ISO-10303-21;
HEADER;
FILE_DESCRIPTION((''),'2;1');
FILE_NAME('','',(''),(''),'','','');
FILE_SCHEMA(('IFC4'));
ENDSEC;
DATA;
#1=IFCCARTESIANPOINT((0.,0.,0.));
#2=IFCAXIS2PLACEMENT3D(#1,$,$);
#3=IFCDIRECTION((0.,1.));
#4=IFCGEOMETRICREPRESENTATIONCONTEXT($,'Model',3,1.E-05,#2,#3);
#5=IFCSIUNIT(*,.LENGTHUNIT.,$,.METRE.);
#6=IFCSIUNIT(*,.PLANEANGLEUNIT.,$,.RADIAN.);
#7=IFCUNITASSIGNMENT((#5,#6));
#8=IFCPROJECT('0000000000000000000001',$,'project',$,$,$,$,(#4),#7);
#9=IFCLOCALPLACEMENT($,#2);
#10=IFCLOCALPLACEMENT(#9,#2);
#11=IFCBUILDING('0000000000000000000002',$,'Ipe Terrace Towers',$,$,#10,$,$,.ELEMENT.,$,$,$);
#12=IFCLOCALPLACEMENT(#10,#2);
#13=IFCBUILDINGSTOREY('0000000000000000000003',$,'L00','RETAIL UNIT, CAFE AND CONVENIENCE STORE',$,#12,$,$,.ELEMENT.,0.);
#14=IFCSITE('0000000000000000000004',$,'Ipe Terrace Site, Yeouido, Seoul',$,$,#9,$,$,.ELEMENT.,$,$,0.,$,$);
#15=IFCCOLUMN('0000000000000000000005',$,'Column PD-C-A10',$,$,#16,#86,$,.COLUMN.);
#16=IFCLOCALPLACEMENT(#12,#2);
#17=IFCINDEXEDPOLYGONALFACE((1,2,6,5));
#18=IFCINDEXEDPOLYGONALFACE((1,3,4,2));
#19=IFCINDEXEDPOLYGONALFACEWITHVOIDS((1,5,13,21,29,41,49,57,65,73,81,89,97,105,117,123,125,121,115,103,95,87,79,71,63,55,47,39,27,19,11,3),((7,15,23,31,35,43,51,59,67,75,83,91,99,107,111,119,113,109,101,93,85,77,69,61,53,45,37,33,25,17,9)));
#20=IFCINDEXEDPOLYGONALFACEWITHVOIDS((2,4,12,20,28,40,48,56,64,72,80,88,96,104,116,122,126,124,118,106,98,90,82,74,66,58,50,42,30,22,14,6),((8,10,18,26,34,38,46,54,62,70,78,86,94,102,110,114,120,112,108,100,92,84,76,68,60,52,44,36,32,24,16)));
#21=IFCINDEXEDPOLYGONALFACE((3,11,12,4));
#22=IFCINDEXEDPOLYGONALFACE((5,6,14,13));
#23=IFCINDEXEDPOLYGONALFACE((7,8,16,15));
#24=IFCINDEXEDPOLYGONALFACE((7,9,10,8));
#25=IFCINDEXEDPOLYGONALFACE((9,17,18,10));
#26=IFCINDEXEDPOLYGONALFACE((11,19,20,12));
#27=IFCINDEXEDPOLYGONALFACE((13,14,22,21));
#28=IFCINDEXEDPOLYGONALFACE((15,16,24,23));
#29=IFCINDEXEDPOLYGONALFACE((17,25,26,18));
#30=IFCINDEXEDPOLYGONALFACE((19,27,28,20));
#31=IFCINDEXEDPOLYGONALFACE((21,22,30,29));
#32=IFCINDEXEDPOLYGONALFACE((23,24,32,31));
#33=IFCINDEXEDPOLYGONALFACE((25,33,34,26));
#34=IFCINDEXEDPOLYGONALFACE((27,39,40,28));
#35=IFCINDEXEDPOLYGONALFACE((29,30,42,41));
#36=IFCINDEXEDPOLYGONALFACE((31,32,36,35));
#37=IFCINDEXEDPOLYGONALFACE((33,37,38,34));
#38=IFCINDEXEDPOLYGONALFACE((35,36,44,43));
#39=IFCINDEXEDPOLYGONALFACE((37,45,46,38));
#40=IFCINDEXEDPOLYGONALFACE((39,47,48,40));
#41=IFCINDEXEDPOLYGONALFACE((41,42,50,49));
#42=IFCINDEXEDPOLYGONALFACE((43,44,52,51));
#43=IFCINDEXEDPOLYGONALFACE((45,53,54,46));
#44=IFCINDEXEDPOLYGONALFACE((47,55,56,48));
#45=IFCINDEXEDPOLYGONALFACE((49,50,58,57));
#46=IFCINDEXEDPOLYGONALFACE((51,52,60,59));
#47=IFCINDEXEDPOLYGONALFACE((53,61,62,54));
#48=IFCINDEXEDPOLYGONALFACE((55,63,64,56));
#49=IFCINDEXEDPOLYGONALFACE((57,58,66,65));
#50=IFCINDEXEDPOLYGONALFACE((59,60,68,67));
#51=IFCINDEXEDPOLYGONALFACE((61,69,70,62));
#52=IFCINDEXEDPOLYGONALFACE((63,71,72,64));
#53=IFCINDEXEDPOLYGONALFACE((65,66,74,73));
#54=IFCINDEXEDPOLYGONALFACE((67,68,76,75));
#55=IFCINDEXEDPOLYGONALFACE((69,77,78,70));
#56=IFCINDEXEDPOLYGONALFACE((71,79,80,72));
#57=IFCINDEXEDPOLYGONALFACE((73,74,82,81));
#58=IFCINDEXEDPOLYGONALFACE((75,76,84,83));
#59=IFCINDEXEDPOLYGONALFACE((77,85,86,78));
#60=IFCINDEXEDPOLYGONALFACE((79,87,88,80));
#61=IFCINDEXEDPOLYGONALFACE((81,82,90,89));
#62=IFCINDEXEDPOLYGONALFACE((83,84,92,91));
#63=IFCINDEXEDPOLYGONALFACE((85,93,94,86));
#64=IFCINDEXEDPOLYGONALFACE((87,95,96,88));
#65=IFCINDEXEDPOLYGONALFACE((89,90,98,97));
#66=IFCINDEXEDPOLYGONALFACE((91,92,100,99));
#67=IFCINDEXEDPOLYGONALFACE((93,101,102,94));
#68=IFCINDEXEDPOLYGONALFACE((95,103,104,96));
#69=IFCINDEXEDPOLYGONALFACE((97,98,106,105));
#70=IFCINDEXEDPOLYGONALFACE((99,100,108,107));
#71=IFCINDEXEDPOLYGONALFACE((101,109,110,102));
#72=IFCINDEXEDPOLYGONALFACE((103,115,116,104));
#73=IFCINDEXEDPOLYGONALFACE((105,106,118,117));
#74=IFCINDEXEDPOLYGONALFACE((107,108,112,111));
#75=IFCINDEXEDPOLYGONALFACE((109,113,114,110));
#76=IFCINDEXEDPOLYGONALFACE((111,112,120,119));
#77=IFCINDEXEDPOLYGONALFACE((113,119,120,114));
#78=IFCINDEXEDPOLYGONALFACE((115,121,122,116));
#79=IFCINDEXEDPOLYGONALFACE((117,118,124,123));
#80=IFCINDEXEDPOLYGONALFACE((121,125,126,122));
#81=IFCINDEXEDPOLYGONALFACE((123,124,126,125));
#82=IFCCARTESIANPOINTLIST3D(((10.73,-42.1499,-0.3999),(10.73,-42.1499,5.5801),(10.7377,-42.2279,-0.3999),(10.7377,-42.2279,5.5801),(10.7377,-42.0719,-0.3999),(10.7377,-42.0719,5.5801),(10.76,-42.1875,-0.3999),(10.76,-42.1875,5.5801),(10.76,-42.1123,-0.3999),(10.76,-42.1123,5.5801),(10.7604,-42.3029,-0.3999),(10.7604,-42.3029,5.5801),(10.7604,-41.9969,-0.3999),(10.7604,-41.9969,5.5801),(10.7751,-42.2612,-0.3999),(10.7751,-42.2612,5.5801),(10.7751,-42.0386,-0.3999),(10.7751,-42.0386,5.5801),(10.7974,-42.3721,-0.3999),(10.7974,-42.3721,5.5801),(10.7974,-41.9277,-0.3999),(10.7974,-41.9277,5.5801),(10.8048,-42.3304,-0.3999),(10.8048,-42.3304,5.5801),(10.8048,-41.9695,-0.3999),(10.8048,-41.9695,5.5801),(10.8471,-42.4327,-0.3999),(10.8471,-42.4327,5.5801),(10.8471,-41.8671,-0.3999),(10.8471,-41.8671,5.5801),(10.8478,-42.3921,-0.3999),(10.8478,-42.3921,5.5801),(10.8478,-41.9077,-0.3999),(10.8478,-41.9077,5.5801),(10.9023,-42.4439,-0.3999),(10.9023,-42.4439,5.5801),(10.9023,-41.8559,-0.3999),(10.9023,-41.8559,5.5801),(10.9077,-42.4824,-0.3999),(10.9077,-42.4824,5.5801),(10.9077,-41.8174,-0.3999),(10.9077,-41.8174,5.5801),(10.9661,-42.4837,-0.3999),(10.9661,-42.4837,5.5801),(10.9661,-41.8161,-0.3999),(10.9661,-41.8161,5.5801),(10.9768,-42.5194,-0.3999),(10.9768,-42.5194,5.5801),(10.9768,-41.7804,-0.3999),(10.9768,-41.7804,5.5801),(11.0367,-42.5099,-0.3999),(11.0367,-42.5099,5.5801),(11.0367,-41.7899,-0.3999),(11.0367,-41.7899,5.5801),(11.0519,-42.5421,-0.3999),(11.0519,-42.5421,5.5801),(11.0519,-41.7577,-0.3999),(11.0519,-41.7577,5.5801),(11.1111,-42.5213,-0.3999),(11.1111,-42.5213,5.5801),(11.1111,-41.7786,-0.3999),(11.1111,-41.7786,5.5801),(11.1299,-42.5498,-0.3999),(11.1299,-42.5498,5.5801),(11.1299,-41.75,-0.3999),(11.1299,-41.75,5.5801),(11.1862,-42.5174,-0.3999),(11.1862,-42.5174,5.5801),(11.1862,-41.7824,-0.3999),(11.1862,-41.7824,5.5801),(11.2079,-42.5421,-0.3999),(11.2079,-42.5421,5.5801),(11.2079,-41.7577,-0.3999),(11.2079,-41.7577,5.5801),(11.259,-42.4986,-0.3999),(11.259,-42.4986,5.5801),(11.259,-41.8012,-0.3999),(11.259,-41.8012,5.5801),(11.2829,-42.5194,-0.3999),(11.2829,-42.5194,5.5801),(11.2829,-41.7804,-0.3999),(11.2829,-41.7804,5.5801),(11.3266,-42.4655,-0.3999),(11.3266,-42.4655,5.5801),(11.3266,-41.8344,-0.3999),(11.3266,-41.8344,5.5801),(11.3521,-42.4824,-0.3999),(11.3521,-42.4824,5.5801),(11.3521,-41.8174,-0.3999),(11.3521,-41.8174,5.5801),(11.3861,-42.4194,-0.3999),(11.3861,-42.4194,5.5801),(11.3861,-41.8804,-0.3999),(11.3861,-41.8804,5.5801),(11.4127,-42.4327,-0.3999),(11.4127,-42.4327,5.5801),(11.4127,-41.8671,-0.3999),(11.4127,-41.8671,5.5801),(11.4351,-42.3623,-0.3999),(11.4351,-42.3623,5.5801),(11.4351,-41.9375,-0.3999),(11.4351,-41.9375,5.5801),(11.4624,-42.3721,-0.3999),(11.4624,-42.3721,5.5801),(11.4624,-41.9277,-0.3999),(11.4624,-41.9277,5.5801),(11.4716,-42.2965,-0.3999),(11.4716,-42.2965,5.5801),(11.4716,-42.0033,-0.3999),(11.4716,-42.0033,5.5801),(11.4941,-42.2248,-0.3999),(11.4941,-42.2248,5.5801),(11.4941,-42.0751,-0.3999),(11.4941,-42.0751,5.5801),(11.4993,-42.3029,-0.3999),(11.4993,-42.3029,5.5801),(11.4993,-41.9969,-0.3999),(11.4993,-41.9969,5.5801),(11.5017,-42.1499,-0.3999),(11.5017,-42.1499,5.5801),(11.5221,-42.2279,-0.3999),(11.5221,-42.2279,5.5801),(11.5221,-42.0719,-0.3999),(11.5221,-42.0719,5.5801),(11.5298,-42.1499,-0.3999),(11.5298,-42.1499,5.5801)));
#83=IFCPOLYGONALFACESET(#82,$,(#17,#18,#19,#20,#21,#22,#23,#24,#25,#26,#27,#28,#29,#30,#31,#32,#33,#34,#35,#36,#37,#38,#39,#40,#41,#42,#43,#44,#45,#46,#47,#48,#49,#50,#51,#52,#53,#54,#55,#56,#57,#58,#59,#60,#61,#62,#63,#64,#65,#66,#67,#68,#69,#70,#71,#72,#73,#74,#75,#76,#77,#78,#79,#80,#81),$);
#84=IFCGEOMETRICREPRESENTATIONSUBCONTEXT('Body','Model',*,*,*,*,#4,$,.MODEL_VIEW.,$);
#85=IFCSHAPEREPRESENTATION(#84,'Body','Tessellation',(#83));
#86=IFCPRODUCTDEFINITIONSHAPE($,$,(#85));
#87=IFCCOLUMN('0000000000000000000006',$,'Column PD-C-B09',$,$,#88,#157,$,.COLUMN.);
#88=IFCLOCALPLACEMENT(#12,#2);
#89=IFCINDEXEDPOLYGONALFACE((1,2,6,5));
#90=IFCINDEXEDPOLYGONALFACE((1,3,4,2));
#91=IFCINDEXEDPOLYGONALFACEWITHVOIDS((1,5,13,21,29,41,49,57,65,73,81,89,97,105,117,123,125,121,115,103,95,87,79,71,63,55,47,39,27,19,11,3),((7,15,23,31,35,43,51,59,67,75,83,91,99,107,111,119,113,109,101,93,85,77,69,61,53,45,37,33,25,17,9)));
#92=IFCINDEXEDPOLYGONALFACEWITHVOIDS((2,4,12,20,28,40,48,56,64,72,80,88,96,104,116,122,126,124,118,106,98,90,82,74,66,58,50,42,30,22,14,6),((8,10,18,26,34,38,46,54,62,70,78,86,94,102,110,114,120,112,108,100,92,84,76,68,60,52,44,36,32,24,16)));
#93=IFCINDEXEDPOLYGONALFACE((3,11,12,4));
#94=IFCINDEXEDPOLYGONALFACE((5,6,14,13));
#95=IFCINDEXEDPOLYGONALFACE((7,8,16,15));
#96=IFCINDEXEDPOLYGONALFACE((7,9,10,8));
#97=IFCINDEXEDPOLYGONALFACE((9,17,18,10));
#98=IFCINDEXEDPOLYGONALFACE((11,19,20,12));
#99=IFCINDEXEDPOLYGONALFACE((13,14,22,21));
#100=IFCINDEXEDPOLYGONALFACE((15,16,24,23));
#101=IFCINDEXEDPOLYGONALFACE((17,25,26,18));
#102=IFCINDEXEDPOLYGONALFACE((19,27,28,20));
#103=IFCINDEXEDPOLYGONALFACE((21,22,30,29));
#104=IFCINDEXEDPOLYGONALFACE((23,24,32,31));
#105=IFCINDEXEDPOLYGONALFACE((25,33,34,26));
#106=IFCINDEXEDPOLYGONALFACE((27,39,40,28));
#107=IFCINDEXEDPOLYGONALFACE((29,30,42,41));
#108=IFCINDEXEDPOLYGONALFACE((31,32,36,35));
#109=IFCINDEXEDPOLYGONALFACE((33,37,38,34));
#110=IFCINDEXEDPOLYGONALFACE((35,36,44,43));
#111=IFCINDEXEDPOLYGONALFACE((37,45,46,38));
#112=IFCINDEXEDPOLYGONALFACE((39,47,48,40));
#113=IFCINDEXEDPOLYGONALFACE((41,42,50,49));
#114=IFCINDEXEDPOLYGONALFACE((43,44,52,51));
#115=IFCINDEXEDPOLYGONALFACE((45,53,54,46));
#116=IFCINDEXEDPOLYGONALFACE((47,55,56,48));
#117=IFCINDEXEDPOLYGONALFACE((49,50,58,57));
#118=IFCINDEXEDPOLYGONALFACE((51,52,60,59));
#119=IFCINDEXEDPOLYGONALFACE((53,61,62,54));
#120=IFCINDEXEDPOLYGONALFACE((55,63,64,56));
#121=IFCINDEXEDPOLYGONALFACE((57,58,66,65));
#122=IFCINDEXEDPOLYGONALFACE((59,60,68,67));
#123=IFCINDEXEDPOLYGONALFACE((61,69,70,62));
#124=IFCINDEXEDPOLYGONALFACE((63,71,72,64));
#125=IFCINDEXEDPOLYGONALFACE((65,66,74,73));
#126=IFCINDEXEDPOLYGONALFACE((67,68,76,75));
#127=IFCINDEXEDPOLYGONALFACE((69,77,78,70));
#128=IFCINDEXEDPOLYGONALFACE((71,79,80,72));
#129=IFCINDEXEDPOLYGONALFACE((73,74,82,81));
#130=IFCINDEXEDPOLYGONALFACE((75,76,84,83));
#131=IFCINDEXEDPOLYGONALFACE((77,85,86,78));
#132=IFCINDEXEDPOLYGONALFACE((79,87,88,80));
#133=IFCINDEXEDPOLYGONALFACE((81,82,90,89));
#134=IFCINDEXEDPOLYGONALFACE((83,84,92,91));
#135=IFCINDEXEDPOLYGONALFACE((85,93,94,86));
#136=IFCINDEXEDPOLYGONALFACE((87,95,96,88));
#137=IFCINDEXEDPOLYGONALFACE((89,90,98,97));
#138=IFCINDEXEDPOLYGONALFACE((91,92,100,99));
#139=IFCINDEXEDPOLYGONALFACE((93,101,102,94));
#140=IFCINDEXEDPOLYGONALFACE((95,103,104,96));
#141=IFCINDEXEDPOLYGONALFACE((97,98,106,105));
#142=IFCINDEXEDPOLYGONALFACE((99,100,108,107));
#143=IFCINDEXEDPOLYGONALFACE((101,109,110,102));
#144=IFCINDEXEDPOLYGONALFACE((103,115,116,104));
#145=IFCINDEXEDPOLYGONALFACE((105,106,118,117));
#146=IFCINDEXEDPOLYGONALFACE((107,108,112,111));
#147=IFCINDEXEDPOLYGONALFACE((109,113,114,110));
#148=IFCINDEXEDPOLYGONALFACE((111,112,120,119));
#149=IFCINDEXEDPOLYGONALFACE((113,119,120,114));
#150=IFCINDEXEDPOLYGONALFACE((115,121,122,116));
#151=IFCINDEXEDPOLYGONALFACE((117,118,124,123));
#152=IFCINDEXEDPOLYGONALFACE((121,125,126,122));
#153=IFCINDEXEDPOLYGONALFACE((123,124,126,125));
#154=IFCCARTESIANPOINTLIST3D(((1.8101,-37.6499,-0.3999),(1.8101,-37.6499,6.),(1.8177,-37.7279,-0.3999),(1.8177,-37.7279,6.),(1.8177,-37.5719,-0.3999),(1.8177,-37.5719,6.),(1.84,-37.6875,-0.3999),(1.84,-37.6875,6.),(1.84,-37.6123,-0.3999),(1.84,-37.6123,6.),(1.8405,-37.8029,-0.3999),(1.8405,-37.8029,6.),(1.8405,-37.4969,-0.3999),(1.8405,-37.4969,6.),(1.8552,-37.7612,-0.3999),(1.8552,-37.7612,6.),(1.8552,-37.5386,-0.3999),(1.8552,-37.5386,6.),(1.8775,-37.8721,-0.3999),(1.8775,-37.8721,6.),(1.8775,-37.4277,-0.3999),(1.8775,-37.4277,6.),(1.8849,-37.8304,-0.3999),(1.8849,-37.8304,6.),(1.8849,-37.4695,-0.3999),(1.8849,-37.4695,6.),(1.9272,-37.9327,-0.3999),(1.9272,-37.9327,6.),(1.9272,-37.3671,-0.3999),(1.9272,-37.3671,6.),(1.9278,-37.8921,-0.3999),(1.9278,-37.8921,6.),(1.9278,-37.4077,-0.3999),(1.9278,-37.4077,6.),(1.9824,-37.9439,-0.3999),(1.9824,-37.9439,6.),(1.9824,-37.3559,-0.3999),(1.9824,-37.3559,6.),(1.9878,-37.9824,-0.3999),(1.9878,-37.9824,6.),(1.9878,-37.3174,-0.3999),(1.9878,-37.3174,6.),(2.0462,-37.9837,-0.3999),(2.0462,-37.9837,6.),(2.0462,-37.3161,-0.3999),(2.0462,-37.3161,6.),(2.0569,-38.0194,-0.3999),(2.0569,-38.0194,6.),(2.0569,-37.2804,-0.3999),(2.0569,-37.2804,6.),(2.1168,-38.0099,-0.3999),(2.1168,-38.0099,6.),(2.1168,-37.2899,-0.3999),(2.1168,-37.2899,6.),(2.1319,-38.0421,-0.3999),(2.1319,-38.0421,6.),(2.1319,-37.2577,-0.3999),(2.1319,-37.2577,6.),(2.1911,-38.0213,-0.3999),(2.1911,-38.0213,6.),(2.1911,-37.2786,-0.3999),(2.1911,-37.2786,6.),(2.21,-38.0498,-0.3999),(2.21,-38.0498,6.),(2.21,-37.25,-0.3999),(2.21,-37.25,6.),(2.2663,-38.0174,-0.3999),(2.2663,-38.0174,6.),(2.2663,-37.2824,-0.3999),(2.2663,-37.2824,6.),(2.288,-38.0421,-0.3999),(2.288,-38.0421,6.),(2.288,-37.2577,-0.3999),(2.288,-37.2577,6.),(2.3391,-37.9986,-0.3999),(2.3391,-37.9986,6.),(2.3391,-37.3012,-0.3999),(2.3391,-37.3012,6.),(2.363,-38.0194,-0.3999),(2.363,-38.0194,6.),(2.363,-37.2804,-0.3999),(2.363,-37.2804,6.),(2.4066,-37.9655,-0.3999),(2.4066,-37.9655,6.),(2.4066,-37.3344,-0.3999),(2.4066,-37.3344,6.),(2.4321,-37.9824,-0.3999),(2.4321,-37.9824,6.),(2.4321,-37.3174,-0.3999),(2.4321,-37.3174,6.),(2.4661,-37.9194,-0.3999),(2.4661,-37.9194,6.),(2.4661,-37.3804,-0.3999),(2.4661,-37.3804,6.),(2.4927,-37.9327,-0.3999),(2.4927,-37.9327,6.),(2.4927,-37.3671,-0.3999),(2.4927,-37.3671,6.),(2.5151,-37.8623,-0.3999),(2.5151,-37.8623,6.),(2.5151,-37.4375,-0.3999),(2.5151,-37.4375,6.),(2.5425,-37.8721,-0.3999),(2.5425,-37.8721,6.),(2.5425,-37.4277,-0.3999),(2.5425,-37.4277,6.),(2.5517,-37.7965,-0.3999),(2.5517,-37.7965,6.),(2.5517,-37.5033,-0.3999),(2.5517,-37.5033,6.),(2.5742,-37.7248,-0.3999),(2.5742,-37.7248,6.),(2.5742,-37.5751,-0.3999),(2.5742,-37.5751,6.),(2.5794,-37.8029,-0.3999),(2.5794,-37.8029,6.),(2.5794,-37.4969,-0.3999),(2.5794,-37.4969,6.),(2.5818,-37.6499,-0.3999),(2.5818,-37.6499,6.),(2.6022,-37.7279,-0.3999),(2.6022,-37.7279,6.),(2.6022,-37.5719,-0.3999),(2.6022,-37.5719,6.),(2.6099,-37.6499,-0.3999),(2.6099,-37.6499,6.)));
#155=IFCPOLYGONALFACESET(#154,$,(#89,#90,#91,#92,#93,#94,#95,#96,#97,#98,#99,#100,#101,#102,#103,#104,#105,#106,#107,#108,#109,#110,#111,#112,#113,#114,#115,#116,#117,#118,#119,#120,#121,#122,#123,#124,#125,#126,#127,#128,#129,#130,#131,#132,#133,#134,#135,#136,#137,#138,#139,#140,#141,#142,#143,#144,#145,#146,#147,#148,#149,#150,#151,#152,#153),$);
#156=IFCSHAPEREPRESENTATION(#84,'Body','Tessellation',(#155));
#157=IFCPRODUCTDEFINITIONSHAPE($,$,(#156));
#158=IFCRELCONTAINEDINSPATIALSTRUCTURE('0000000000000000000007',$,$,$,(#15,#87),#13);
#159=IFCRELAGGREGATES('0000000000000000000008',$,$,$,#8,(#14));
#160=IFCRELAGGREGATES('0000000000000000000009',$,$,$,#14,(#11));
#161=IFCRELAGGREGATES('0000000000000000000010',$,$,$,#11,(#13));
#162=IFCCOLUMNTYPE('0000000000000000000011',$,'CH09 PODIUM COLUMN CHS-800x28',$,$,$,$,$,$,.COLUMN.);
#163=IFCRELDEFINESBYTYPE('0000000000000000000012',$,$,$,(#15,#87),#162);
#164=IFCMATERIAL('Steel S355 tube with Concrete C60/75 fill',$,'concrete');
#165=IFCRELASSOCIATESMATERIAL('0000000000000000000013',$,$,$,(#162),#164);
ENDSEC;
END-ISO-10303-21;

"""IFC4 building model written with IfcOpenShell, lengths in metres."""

from ifc_helpers import new_model, si_unit, direction, frame, origin, origin_2d, place, context, subcontext, project, spatial, hollow_circle, extrude, material, material_profile, profile_set, type_object, element, save


model = new_model("IFC4")

# Units and contexts
model_context = context("Model", 3, precision=1e-05, world=origin(), true_north=direction((0.0, 1.0)))
body_context = subcontext(model_context, "Body", "Model", "MODEL_VIEW")
ifc_project = project(units=[si_unit("LENGTHUNIT", "METRE"), si_unit("PLANEANGLEUNIT", "RADIAN")], contexts=[model_context])

# Site, building, storey
site_placement = place(None, origin())
site = spatial("IfcSite", under=ifc_project, at=site_placement, Name="Ipe Terrace Site, Yeouido, Seoul", CompositionType="ELEMENT", RefElevation=0.0)
building_placement = place(site_placement, origin())
building = spatial("IfcBuilding", under=site, at=building_placement, Name="Ipe Terrace Towers", CompositionType="ELEMENT")
storey_placement = place(building_placement, origin())
storey = spatial("IfcBuildingStorey", under=building, at=storey_placement, Name="L00", Description="RETAIL UNIT, CAFE AND CONVENIENCE STORE", CompositionType="ELEMENT", Elevation=0.0)

# Columns
ifc_material_1 = material(Name="Steel S355 tube with Concrete C60/75 fill", Category="concrete")
ifc_material_profile_1 = material_profile(ifc_material_1, hollow_circle(Radius=0.3999, WallThickness=0.0281, at=origin_2d()), Name="CHS-800x28")
ifc_profile_set_1 = profile_set([ifc_material_profile_1], Name="Steel S355 tube with Concrete C60/75 fill")
column_type_1 = type_object("IfcColumnType", Name="CH09 PODIUM COLUMN CHS-800x28", PredefinedType="COLUMN", material=ifc_profile_set_1)
for number, where, z_axis, x_axis, name in (
    (1, (11.1299, -42.1499, -0.3999), (0.0, 0.0, 1.0), (1.0, 0.0, 0.0), "Column PD-C-A10"),
):
    element("IfcColumn", number, at=place(storey_placement, frame(where, z_axis=z_axis, x_axis=x_axis)), inside=storey, type_object=column_type_1, Name=name, PredefinedType="COLUMN", context=body_context, shape_type="SweptSolid", body=[
        extrude(hollow_circle(Radius=0.3999, WallThickness=0.0281, at=origin_2d()), origin(), (0.0, 0.0, 1.0), 5.98),
    ])
for number, where, z_axis, x_axis, name in (
    (2, (2.21, -37.6499, -0.3999), (0.0, 0.0, 1.0), (1.0, 0.0, 0.0), "Column PD-C-B09"),
):
    element("IfcColumn", number, at=place(storey_placement, frame(where, z_axis=z_axis, x_axis=x_axis)), inside=storey, type_object=column_type_1, Name=name, PredefinedType="COLUMN", context=body_context, shape_type="SweptSolid", body=[
        extrude(hollow_circle(Radius=0.3999, WallThickness=0.0281, at=origin_2d()), origin(), (0.0, 0.0, 1.0), 6.3999),
    ])

save(model, "model.ifc")
